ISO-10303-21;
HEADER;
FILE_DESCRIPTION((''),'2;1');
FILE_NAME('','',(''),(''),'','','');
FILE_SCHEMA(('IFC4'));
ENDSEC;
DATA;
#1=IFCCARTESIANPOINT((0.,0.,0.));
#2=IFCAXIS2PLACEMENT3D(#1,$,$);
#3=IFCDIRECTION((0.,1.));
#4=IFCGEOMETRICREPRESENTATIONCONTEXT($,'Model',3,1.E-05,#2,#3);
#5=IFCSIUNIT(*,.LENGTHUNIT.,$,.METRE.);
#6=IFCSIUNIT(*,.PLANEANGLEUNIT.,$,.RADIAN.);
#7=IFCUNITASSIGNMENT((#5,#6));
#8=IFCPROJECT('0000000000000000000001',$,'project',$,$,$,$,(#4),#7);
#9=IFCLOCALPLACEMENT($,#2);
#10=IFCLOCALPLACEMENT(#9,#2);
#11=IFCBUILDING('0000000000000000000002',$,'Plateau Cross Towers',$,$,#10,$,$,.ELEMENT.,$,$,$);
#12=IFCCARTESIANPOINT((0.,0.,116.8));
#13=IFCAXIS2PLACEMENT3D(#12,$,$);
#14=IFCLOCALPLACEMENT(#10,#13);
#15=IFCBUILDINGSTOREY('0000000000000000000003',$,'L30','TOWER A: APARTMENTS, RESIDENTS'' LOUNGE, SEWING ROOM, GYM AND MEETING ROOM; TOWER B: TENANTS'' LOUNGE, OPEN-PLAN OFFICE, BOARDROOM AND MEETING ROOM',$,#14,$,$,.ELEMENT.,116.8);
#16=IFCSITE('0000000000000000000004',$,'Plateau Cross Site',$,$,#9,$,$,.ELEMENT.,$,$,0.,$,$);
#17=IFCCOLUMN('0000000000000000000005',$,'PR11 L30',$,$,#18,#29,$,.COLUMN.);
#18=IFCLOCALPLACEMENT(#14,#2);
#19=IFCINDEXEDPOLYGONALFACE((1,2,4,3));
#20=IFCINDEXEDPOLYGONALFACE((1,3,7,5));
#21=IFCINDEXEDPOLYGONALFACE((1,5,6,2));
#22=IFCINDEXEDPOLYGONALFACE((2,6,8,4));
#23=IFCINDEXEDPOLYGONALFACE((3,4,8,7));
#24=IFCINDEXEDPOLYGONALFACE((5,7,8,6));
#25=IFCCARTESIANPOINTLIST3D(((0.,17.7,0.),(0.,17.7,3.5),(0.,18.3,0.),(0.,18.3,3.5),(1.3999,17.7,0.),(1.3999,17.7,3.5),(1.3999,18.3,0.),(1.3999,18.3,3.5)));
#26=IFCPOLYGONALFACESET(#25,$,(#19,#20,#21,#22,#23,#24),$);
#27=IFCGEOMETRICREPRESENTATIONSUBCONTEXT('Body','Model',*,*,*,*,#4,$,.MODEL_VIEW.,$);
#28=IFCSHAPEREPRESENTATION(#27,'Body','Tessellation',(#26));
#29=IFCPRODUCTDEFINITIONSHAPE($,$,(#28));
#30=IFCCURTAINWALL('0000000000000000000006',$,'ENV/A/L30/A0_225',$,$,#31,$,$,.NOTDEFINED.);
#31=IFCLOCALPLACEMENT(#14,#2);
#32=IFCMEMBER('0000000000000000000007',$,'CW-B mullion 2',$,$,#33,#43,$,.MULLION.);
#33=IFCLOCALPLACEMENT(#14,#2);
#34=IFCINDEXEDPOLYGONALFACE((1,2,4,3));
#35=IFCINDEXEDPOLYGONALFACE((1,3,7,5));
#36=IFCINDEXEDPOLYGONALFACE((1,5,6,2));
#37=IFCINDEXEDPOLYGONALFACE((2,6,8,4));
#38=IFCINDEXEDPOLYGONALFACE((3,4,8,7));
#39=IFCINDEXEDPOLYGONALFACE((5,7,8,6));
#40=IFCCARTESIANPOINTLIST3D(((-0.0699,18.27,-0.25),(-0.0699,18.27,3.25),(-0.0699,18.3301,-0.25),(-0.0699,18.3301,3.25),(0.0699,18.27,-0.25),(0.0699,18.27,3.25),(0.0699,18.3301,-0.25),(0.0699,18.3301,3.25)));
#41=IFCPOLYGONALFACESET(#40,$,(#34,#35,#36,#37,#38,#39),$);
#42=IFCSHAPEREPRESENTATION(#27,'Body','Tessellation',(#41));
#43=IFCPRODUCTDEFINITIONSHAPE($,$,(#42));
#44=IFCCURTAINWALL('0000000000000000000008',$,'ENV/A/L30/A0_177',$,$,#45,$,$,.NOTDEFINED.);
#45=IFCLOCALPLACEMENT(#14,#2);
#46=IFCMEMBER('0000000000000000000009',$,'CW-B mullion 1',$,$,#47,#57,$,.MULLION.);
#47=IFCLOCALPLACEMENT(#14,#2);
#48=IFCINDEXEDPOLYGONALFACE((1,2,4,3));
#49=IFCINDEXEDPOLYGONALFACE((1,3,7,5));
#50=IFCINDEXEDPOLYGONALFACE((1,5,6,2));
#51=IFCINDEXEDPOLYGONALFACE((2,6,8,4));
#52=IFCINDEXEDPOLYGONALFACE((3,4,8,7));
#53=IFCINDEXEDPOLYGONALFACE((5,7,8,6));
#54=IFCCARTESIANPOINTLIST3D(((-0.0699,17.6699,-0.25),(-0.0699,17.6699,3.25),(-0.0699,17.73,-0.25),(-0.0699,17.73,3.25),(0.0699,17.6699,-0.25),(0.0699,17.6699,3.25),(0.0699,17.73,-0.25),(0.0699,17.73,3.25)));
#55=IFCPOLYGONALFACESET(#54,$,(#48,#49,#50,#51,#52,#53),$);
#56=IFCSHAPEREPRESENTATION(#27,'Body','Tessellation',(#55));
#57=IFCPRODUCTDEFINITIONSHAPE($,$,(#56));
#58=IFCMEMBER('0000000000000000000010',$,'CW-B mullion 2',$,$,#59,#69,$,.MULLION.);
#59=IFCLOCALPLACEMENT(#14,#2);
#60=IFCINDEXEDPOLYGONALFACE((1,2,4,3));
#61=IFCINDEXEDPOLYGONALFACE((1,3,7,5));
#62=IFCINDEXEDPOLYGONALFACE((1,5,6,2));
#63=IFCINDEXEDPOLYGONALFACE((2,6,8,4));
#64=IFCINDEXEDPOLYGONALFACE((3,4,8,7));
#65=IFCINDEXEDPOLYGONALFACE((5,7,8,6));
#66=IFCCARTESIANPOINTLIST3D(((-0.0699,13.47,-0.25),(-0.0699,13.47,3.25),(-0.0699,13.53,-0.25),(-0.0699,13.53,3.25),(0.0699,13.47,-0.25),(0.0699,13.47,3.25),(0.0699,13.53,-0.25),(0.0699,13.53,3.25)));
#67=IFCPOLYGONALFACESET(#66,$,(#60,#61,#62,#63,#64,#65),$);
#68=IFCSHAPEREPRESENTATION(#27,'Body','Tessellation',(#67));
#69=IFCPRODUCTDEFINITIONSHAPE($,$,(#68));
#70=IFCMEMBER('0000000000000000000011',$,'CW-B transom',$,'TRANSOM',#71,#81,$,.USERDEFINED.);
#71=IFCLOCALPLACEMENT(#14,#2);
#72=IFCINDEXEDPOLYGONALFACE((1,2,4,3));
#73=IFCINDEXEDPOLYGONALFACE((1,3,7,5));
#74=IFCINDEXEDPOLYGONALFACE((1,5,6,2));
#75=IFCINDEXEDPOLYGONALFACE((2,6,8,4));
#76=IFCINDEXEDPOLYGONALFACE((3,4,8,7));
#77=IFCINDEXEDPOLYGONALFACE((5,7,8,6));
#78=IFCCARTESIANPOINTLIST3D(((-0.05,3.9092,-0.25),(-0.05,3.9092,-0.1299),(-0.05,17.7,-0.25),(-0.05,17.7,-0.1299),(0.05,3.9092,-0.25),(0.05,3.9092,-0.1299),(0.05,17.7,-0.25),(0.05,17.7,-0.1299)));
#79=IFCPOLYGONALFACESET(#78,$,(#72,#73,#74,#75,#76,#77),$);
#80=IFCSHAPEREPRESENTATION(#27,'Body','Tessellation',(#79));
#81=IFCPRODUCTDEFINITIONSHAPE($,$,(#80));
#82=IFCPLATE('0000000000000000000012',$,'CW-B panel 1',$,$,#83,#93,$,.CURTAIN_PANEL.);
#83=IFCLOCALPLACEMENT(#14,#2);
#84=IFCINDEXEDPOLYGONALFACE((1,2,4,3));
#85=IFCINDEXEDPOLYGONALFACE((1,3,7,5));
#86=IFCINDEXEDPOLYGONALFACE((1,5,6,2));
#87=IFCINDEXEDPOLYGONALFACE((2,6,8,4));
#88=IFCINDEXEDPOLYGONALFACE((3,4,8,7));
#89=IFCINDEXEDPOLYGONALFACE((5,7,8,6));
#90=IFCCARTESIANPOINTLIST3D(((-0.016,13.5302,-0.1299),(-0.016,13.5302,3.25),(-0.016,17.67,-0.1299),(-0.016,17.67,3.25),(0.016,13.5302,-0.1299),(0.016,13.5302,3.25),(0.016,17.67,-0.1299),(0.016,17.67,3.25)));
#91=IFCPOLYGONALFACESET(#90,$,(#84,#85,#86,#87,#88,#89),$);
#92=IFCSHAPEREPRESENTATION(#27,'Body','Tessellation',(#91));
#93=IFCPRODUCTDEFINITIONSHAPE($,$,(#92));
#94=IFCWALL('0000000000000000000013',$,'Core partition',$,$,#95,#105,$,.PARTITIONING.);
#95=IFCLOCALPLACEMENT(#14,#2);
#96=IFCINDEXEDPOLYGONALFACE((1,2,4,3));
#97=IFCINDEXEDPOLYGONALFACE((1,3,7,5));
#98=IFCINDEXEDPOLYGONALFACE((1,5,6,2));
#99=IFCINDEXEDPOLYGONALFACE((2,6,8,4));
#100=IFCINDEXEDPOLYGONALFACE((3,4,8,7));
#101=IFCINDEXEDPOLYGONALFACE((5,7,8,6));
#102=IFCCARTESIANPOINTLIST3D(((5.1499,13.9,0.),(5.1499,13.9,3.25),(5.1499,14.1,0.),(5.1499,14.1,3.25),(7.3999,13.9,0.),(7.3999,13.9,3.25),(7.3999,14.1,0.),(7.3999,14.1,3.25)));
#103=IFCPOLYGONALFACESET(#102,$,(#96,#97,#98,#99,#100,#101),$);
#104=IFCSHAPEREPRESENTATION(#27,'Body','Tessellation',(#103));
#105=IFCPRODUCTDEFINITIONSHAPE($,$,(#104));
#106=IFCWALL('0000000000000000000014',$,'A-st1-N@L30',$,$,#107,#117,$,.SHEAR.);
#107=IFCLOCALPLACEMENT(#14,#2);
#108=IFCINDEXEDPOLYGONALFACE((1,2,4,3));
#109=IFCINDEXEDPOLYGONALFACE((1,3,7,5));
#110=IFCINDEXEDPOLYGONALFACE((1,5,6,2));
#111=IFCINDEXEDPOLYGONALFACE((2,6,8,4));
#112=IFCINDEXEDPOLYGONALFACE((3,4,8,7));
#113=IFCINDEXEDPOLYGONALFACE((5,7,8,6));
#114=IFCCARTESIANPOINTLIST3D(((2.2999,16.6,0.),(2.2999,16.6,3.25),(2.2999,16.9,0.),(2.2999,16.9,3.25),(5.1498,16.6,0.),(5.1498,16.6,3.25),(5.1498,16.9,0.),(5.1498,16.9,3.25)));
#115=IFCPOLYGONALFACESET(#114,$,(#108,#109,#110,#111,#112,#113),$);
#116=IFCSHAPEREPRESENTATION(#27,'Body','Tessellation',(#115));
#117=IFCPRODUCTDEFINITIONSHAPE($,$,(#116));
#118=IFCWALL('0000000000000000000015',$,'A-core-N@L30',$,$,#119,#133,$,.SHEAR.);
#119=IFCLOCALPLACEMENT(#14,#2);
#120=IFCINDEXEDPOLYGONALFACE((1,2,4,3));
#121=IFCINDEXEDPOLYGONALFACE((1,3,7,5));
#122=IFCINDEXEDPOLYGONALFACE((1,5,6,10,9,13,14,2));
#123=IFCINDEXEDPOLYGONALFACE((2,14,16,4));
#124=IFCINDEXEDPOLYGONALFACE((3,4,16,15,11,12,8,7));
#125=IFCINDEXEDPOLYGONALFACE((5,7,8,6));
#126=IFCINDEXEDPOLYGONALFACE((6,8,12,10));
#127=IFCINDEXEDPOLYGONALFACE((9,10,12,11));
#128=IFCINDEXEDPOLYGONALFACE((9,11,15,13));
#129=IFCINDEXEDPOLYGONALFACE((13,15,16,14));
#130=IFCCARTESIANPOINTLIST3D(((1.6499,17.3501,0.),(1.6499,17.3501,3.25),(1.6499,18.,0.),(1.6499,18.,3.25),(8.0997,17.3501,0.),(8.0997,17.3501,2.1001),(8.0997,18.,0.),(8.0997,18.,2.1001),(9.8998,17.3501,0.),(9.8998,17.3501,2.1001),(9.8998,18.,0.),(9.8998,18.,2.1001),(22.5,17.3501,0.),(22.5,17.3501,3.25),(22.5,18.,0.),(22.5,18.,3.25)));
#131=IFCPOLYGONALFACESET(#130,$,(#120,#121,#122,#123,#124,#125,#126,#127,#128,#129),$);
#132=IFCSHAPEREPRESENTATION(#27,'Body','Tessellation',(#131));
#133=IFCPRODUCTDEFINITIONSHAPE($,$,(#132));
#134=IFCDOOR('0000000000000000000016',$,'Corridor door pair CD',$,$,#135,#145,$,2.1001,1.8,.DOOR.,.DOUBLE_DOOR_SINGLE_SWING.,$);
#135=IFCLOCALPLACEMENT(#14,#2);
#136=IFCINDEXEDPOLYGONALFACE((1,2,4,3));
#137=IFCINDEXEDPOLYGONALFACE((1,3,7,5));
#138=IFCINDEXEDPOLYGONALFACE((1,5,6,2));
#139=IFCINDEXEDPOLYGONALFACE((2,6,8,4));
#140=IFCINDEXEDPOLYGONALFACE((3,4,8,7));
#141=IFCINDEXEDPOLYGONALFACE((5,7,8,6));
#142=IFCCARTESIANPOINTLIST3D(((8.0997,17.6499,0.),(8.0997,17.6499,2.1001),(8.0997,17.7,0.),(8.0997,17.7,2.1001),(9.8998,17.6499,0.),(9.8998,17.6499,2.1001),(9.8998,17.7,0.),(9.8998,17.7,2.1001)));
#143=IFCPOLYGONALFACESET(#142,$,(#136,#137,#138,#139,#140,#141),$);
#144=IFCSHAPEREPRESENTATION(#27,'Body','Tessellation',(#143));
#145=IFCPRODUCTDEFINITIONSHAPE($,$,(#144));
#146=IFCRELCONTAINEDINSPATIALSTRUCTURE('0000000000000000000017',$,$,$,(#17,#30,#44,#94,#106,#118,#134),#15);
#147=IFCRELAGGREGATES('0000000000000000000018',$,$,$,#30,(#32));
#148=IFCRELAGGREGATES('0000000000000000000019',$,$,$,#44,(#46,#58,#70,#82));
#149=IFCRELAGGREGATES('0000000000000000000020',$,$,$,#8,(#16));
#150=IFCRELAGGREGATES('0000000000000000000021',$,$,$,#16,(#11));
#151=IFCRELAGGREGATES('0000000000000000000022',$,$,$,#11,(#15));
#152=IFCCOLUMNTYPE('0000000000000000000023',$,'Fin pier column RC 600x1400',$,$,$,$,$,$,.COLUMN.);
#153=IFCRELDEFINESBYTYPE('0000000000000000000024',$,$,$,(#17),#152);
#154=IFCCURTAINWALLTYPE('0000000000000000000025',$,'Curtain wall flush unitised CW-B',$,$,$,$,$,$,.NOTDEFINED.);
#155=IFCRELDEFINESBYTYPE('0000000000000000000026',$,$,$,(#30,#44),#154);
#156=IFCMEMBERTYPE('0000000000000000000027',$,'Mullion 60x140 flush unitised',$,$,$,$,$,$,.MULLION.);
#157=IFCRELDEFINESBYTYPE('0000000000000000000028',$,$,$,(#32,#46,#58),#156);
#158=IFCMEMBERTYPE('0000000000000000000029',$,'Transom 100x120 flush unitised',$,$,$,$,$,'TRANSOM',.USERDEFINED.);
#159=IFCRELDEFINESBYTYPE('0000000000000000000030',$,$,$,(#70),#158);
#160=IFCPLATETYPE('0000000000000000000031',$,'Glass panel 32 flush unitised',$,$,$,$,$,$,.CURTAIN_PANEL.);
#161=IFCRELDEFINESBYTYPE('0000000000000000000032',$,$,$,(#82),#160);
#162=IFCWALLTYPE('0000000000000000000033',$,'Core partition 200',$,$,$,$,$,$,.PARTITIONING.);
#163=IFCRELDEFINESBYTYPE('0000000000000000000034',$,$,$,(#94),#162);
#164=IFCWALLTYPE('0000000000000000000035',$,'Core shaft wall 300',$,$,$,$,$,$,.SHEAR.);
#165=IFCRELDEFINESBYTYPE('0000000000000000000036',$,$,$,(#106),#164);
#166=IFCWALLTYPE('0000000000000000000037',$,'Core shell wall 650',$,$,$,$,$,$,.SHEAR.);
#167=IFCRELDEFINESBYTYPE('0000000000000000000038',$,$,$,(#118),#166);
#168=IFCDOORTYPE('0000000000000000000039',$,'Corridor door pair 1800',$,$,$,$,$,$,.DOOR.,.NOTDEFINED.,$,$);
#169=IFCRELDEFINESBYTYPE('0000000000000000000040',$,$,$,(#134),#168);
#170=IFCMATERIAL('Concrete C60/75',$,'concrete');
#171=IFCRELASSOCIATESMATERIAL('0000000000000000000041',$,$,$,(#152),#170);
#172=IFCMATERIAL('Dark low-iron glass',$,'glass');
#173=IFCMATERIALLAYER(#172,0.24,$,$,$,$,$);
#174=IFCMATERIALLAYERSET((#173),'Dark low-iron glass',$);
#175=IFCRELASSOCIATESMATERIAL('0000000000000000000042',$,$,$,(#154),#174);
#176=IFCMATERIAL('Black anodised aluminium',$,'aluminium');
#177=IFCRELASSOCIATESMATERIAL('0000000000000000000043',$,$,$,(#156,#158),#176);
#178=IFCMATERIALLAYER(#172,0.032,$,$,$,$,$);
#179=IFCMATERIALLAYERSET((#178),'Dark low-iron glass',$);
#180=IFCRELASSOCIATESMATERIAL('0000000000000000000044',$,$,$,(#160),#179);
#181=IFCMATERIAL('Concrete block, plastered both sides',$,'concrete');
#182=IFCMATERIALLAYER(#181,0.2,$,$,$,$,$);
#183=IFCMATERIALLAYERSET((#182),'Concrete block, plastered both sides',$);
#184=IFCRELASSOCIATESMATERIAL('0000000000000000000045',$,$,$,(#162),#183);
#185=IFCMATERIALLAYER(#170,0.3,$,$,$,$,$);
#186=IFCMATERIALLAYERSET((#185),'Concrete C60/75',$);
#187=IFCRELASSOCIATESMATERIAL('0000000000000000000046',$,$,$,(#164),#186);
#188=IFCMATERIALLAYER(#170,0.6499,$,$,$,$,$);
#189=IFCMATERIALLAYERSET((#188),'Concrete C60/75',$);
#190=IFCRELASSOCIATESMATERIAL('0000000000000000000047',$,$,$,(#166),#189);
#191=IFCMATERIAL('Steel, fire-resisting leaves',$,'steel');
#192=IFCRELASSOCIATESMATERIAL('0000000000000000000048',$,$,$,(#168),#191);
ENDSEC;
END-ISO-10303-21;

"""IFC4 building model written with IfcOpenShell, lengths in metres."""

from ifc_helpers import new_model, si_unit, direction, frame, frame_2d, origin, origin_2d, place, context, subcontext, project, spatial, rectangle, extrude, material, layer, layer_set, material_profile, profile_set, type_object, element, fill, aggregate, save


model = new_model("IFC4")

# Units and contexts
model_context = context("Model", 3, precision=1e-05, world=origin(), true_north=direction((0.0, 1.0)))
body_context = subcontext(model_context, "Body", "Model", "MODEL_VIEW")
ifc_project = project(units=[si_unit("LENGTHUNIT", "METRE"), si_unit("PLANEANGLEUNIT", "RADIAN")], contexts=[model_context])

# Site, building, storey
site_placement = place(None, origin())
site = spatial("IfcSite", under=ifc_project, at=site_placement, Name="Plateau Cross Site", CompositionType="ELEMENT", RefElevation=0.0)
building_placement = place(site_placement, origin())
building = spatial("IfcBuilding", under=site, at=building_placement, Name="Plateau Cross Towers", CompositionType="ELEMENT")
storey_placement = place(building_placement, frame((0.0, 0.0, 116.8)))
storey = spatial("IfcBuildingStorey", under=building, at=storey_placement, Name="L30", Description="TOWER A: APARTMENTS, RESIDENTS' LOUNGE, SEWING ROOM, GYM AND MEETING ROOM; TOWER B: TENANTS' LOUNGE, OPEN-PLAN OFFICE, BOARDROOM AND MEETING ROOM", CompositionType="ELEMENT", Elevation=116.8)

# Column
ifc_material_1 = material(Name="Concrete C60/75", Category="concrete")
ifc_material_profile_1 = material_profile(ifc_material_1, rectangle(XDim=0.6001, YDim=1.3999, at=origin_2d()), Name="RC 600x1400")
ifc_profile_set_1 = profile_set([ifc_material_profile_1], Name="Concrete C60/75")
column_type = type_object("IfcColumnType", Name="Fin pier column RC 600x1400", PredefinedType="COLUMN", material=ifc_profile_set_1)
column_placement = place(storey_placement, frame((0.7, 18.0, 0.0), z_axis=(0.0, 0.0, 1.0), x_axis=(0.0, 1.0, 0.0)))
element("IfcColumn", 1, at=column_placement, inside=storey, type_object=column_type, Name="PR11 L30", PredefinedType="COLUMN", context=body_context, shape_type="SweptSolid", body=[
    extrude(rectangle(XDim=0.6001, YDim=1.3999, at=origin_2d()), origin(), (0.0, 0.0, 1.0), 3.5),
])

# Curtain wall, member
ifc_material_2 = material(Name="Dark low-iron glass", Category="glass")
ifc_layer_1 = layer(ifc_material_2, 0.24)
ifc_layer_set_1 = layer_set([ifc_layer_1], Name="Dark low-iron glass")
curtain_wall_type = type_object("IfcCurtainWallType", Name="Curtain wall flush unitised CW-B", PredefinedType="NOTDEFINED", material=ifc_layer_set_1)
curtain_wall_1_placement = place(storey_placement, origin())
curtain_wall_1 = element("IfcCurtainWall", 2, at=curtain_wall_1_placement, inside=storey, type_object=curtain_wall_type, Name="ENV/A/L30/A0_225", PredefinedType="NOTDEFINED")
ifc_material_3 = material(Name="Black anodised aluminium", Category="aluminium")
ifc_material_profile_2 = material_profile(ifc_material_3, rectangle(XDim=0.0601, YDim=0.1399, at=origin_2d()), Name="MULLION 60x140")
ifc_profile_set_2 = profile_set([ifc_material_profile_2], Name="Black anodised aluminium")
member_type_1 = type_object("IfcMemberType", Name="Mullion 60x140 flush unitised", PredefinedType="MULLION", material=ifc_profile_set_2)
member_1_placement = place(storey_placement, frame((0.0, 18.3, -0.25), z_axis=(0.0, 0.0, 1.0), x_axis=(0.0, -1.0, 0.0)))
member_1 = element("IfcMember", 3, at=member_1_placement, type_object=member_type_1, Name="CW-B mullion 2", PredefinedType="MULLION", context=body_context, shape_type="SweptSolid", body=[
    extrude(rectangle(XDim=0.0601, YDim=0.1399, at=origin_2d()), origin(), (0.0, 0.0, 1.0), 3.5),
])
aggregate(curtain_wall_1, [member_1])

# Curtain wall, members, plate
curtain_wall_2_placement = place(storey_placement, origin())
curtain_wall_2 = element("IfcCurtainWall", 4, at=curtain_wall_2_placement, inside=storey, type_object=curtain_wall_type, Name="ENV/A/L30/A0_177", PredefinedType="NOTDEFINED")
member_2_placement = place(storey_placement, frame((0.0, 17.7, -0.25), z_axis=(0.0, 0.0, 1.0), x_axis=(0.0, -1.0, 0.0)))
member_2 = element("IfcMember", 5, at=member_2_placement, type_object=member_type_1, Name="CW-B mullion 1", PredefinedType="MULLION", context=body_context, shape_type="SweptSolid", body=[
    extrude(rectangle(XDim=0.0601, YDim=0.1399, at=origin_2d()), origin(), (0.0, 0.0, 1.0), 3.5),
])
member_3_placement = place(storey_placement, frame((0.0, 13.5, -0.25), z_axis=(0.0, 0.0, 1.0), x_axis=(0.0, -1.0, 0.0)))
member_3 = element("IfcMember", 6, at=member_3_placement, type_object=member_type_1, Name="CW-B mullion 2", PredefinedType="MULLION", context=body_context, shape_type="SweptSolid", body=[
    extrude(rectangle(XDim=0.0601, YDim=0.1399, at=origin_2d()), origin(), (0.0, 0.0, 1.0), 3.5),
])
ifc_material_profile_3 = material_profile(ifc_material_3, rectangle(XDim=0.1001, YDim=0.1201, at=origin_2d()), Name="TRANSOM 100x120")
ifc_profile_set_3 = profile_set([ifc_material_profile_3], Name="Black anodised aluminium")
member_type_2 = type_object("IfcMemberType", Name="Transom 100x120 flush unitised", ElementType="TRANSOM", PredefinedType="USERDEFINED", material=ifc_profile_set_3)
member_4_placement = place(storey_placement, frame((0.0, 17.7, -0.1899), z_axis=(0.0, -1.0, 0.0), x_axis=(1.0, 0.0, 0.0)))
member_4 = element("IfcMember", 7, at=member_4_placement, type_object=member_type_2, Name="CW-B transom", ObjectType="TRANSOM", PredefinedType="USERDEFINED", context=body_context, shape_type="SweptSolid", body=[
    extrude(rectangle(XDim=0.1001, YDim=0.1201, at=origin_2d()), origin(), (0.0, 0.0, 1.0), 13.7908),
])
ifc_layer_2 = layer(ifc_material_2, 0.032)
ifc_layer_set_2 = layer_set([ifc_layer_2], Name="Dark low-iron glass")
plate_type = type_object("IfcPlateType", Name="Glass panel 32 flush unitised", PredefinedType="CURTAIN_PANEL", material=ifc_layer_set_2)
plate_placement = place(storey_placement, frame((0.0, 15.6001, -0.1299), z_axis=(0.0, 0.0, 1.0), x_axis=(0.0, -1.0, 0.0)))
plate = element("IfcPlate", 8, at=plate_placement, type_object=plate_type, Name="CW-B panel 1", PredefinedType="CURTAIN_PANEL", context=body_context, shape_type="SweptSolid", body=[
    extrude(rectangle(XDim=4.1399, YDim=0.032, at=origin_2d()), origin(), (0.0, 0.0, 1.0), 3.3799),
])
aggregate(curtain_wall_2, [member_2, member_3, member_4, plate])

# Walls
ifc_material_4 = material(Name="Concrete block, plastered both sides", Category="concrete")
ifc_layer_3 = layer(ifc_material_4, 0.2)
ifc_layer_set_3 = layer_set([ifc_layer_3], Name="Concrete block, plastered both sides")
wall_type_1 = type_object("IfcWallType", Name="Core partition 200", PredefinedType="PARTITIONING", material=ifc_layer_set_3)
wall_1_placement = place(storey_placement, frame((5.1499, 14.0, 0.0), z_axis=(0.0, 0.0, 1.0), x_axis=(1.0, 0.0, 0.0)))
element("IfcWall", 9, at=wall_1_placement, inside=storey, type_object=wall_type_1, Name="Core partition", PredefinedType="PARTITIONING", context=body_context, shape_type="SweptSolid", body=[
    extrude(rectangle(XDim=2.25, YDim=0.2, at=frame_2d((1.125, 0.0))), origin(), (0.0, 0.0, 1.0), 3.25),
])
ifc_layer_4 = layer(ifc_material_1, 0.3)
ifc_layer_set_4 = layer_set([ifc_layer_4], Name="Concrete C60/75")
wall_type_2 = type_object("IfcWallType", Name="Core shaft wall 300", PredefinedType="SHEAR", material=ifc_layer_set_4)
wall_2_placement = place(storey_placement, frame((2.3, 16.75, 0.0), z_axis=(0.0, 0.0, 1.0), x_axis=(1.0, 0.0, 0.0)))
element("IfcWall", 10, at=wall_2_placement, inside=storey, type_object=wall_type_2, Name="A-st1-N@L30", PredefinedType="SHEAR", context=body_context, shape_type="SweptSolid", body=[
    extrude(rectangle(XDim=2.8499, YDim=0.3, at=frame_2d((1.4248, 0.0))), origin(), (0.0, 0.0, 1.0), 3.25),
])

# Wall, opening, door
ifc_layer_5 = layer(ifc_material_1, 0.6499)
ifc_layer_set_5 = layer_set([ifc_layer_5], Name="Concrete C60/75")
wall_type_3 = type_object("IfcWallType", Name="Core shell wall 650", PredefinedType="SHEAR", material=ifc_layer_set_5)
wall_3_placement = place(storey_placement, frame((1.6499, 17.675, 0.0), z_axis=(0.0, 0.0, 1.0), x_axis=(1.0, 0.0, 0.0)))
wall_3 = element("IfcWall", 11, at=wall_3_placement, inside=storey, type_object=wall_type_3, Name="A-core-N@L30", PredefinedType="SHEAR", context=body_context, shape_type="SweptSolid", body=[
    extrude(rectangle(XDim=20.8501, YDim=0.6499, at=frame_2d((10.425, 0.0))), origin(), (0.0, 0.0, 1.0), 3.25),
])
opening_placement = place(wall_3_placement, frame((6.45, 0.0, 0.0)))
opening = element("IfcOpeningElement", 12, at=opening_placement, cuts=wall_3, PredefinedType="OPENING", context=body_context, shape_type="SweptSolid", body=[
    extrude(rectangle(XDim=1.8, YDim=2.1001, at=frame_2d((0.8999, 1.05))), frame((0.0, 0.335, 0.0), z_axis=(0.0, -1.0, 0.0), x_axis=(1.0, 0.0, 0.0)), (0.0, 0.0, 1.0), 0.6699),
])
ifc_material_5 = material(Name="Steel, fire-resisting leaves", Category="steel")
door_type = type_object("IfcDoorType", Name="Corridor door pair 1800", OperationType="NOTDEFINED", PredefinedType="DOOR", material=ifc_material_5)
door_placement = place(opening_placement, origin())
door = element("IfcDoor", 13, at=door_placement, inside=storey, type_object=door_type, Name="Corridor door pair CD", OperationType="DOUBLE_DOOR_SINGLE_SWING", OverallHeight=2.1001, OverallWidth=1.8, PredefinedType="DOOR", context=body_context, shape_type="SweptSolid", body=[
    extrude(rectangle(XDim=1.8, YDim=2.1001, at=frame_2d((0.8999, 1.05))), frame((0.0, 0.0249, 0.0), z_axis=(0.0, -1.0, 0.0), x_axis=(1.0, 0.0, 0.0)), (0.0, 0.0, 1.0), 0.05),
])
fill(opening, door)

save(model, "model.ifc")
